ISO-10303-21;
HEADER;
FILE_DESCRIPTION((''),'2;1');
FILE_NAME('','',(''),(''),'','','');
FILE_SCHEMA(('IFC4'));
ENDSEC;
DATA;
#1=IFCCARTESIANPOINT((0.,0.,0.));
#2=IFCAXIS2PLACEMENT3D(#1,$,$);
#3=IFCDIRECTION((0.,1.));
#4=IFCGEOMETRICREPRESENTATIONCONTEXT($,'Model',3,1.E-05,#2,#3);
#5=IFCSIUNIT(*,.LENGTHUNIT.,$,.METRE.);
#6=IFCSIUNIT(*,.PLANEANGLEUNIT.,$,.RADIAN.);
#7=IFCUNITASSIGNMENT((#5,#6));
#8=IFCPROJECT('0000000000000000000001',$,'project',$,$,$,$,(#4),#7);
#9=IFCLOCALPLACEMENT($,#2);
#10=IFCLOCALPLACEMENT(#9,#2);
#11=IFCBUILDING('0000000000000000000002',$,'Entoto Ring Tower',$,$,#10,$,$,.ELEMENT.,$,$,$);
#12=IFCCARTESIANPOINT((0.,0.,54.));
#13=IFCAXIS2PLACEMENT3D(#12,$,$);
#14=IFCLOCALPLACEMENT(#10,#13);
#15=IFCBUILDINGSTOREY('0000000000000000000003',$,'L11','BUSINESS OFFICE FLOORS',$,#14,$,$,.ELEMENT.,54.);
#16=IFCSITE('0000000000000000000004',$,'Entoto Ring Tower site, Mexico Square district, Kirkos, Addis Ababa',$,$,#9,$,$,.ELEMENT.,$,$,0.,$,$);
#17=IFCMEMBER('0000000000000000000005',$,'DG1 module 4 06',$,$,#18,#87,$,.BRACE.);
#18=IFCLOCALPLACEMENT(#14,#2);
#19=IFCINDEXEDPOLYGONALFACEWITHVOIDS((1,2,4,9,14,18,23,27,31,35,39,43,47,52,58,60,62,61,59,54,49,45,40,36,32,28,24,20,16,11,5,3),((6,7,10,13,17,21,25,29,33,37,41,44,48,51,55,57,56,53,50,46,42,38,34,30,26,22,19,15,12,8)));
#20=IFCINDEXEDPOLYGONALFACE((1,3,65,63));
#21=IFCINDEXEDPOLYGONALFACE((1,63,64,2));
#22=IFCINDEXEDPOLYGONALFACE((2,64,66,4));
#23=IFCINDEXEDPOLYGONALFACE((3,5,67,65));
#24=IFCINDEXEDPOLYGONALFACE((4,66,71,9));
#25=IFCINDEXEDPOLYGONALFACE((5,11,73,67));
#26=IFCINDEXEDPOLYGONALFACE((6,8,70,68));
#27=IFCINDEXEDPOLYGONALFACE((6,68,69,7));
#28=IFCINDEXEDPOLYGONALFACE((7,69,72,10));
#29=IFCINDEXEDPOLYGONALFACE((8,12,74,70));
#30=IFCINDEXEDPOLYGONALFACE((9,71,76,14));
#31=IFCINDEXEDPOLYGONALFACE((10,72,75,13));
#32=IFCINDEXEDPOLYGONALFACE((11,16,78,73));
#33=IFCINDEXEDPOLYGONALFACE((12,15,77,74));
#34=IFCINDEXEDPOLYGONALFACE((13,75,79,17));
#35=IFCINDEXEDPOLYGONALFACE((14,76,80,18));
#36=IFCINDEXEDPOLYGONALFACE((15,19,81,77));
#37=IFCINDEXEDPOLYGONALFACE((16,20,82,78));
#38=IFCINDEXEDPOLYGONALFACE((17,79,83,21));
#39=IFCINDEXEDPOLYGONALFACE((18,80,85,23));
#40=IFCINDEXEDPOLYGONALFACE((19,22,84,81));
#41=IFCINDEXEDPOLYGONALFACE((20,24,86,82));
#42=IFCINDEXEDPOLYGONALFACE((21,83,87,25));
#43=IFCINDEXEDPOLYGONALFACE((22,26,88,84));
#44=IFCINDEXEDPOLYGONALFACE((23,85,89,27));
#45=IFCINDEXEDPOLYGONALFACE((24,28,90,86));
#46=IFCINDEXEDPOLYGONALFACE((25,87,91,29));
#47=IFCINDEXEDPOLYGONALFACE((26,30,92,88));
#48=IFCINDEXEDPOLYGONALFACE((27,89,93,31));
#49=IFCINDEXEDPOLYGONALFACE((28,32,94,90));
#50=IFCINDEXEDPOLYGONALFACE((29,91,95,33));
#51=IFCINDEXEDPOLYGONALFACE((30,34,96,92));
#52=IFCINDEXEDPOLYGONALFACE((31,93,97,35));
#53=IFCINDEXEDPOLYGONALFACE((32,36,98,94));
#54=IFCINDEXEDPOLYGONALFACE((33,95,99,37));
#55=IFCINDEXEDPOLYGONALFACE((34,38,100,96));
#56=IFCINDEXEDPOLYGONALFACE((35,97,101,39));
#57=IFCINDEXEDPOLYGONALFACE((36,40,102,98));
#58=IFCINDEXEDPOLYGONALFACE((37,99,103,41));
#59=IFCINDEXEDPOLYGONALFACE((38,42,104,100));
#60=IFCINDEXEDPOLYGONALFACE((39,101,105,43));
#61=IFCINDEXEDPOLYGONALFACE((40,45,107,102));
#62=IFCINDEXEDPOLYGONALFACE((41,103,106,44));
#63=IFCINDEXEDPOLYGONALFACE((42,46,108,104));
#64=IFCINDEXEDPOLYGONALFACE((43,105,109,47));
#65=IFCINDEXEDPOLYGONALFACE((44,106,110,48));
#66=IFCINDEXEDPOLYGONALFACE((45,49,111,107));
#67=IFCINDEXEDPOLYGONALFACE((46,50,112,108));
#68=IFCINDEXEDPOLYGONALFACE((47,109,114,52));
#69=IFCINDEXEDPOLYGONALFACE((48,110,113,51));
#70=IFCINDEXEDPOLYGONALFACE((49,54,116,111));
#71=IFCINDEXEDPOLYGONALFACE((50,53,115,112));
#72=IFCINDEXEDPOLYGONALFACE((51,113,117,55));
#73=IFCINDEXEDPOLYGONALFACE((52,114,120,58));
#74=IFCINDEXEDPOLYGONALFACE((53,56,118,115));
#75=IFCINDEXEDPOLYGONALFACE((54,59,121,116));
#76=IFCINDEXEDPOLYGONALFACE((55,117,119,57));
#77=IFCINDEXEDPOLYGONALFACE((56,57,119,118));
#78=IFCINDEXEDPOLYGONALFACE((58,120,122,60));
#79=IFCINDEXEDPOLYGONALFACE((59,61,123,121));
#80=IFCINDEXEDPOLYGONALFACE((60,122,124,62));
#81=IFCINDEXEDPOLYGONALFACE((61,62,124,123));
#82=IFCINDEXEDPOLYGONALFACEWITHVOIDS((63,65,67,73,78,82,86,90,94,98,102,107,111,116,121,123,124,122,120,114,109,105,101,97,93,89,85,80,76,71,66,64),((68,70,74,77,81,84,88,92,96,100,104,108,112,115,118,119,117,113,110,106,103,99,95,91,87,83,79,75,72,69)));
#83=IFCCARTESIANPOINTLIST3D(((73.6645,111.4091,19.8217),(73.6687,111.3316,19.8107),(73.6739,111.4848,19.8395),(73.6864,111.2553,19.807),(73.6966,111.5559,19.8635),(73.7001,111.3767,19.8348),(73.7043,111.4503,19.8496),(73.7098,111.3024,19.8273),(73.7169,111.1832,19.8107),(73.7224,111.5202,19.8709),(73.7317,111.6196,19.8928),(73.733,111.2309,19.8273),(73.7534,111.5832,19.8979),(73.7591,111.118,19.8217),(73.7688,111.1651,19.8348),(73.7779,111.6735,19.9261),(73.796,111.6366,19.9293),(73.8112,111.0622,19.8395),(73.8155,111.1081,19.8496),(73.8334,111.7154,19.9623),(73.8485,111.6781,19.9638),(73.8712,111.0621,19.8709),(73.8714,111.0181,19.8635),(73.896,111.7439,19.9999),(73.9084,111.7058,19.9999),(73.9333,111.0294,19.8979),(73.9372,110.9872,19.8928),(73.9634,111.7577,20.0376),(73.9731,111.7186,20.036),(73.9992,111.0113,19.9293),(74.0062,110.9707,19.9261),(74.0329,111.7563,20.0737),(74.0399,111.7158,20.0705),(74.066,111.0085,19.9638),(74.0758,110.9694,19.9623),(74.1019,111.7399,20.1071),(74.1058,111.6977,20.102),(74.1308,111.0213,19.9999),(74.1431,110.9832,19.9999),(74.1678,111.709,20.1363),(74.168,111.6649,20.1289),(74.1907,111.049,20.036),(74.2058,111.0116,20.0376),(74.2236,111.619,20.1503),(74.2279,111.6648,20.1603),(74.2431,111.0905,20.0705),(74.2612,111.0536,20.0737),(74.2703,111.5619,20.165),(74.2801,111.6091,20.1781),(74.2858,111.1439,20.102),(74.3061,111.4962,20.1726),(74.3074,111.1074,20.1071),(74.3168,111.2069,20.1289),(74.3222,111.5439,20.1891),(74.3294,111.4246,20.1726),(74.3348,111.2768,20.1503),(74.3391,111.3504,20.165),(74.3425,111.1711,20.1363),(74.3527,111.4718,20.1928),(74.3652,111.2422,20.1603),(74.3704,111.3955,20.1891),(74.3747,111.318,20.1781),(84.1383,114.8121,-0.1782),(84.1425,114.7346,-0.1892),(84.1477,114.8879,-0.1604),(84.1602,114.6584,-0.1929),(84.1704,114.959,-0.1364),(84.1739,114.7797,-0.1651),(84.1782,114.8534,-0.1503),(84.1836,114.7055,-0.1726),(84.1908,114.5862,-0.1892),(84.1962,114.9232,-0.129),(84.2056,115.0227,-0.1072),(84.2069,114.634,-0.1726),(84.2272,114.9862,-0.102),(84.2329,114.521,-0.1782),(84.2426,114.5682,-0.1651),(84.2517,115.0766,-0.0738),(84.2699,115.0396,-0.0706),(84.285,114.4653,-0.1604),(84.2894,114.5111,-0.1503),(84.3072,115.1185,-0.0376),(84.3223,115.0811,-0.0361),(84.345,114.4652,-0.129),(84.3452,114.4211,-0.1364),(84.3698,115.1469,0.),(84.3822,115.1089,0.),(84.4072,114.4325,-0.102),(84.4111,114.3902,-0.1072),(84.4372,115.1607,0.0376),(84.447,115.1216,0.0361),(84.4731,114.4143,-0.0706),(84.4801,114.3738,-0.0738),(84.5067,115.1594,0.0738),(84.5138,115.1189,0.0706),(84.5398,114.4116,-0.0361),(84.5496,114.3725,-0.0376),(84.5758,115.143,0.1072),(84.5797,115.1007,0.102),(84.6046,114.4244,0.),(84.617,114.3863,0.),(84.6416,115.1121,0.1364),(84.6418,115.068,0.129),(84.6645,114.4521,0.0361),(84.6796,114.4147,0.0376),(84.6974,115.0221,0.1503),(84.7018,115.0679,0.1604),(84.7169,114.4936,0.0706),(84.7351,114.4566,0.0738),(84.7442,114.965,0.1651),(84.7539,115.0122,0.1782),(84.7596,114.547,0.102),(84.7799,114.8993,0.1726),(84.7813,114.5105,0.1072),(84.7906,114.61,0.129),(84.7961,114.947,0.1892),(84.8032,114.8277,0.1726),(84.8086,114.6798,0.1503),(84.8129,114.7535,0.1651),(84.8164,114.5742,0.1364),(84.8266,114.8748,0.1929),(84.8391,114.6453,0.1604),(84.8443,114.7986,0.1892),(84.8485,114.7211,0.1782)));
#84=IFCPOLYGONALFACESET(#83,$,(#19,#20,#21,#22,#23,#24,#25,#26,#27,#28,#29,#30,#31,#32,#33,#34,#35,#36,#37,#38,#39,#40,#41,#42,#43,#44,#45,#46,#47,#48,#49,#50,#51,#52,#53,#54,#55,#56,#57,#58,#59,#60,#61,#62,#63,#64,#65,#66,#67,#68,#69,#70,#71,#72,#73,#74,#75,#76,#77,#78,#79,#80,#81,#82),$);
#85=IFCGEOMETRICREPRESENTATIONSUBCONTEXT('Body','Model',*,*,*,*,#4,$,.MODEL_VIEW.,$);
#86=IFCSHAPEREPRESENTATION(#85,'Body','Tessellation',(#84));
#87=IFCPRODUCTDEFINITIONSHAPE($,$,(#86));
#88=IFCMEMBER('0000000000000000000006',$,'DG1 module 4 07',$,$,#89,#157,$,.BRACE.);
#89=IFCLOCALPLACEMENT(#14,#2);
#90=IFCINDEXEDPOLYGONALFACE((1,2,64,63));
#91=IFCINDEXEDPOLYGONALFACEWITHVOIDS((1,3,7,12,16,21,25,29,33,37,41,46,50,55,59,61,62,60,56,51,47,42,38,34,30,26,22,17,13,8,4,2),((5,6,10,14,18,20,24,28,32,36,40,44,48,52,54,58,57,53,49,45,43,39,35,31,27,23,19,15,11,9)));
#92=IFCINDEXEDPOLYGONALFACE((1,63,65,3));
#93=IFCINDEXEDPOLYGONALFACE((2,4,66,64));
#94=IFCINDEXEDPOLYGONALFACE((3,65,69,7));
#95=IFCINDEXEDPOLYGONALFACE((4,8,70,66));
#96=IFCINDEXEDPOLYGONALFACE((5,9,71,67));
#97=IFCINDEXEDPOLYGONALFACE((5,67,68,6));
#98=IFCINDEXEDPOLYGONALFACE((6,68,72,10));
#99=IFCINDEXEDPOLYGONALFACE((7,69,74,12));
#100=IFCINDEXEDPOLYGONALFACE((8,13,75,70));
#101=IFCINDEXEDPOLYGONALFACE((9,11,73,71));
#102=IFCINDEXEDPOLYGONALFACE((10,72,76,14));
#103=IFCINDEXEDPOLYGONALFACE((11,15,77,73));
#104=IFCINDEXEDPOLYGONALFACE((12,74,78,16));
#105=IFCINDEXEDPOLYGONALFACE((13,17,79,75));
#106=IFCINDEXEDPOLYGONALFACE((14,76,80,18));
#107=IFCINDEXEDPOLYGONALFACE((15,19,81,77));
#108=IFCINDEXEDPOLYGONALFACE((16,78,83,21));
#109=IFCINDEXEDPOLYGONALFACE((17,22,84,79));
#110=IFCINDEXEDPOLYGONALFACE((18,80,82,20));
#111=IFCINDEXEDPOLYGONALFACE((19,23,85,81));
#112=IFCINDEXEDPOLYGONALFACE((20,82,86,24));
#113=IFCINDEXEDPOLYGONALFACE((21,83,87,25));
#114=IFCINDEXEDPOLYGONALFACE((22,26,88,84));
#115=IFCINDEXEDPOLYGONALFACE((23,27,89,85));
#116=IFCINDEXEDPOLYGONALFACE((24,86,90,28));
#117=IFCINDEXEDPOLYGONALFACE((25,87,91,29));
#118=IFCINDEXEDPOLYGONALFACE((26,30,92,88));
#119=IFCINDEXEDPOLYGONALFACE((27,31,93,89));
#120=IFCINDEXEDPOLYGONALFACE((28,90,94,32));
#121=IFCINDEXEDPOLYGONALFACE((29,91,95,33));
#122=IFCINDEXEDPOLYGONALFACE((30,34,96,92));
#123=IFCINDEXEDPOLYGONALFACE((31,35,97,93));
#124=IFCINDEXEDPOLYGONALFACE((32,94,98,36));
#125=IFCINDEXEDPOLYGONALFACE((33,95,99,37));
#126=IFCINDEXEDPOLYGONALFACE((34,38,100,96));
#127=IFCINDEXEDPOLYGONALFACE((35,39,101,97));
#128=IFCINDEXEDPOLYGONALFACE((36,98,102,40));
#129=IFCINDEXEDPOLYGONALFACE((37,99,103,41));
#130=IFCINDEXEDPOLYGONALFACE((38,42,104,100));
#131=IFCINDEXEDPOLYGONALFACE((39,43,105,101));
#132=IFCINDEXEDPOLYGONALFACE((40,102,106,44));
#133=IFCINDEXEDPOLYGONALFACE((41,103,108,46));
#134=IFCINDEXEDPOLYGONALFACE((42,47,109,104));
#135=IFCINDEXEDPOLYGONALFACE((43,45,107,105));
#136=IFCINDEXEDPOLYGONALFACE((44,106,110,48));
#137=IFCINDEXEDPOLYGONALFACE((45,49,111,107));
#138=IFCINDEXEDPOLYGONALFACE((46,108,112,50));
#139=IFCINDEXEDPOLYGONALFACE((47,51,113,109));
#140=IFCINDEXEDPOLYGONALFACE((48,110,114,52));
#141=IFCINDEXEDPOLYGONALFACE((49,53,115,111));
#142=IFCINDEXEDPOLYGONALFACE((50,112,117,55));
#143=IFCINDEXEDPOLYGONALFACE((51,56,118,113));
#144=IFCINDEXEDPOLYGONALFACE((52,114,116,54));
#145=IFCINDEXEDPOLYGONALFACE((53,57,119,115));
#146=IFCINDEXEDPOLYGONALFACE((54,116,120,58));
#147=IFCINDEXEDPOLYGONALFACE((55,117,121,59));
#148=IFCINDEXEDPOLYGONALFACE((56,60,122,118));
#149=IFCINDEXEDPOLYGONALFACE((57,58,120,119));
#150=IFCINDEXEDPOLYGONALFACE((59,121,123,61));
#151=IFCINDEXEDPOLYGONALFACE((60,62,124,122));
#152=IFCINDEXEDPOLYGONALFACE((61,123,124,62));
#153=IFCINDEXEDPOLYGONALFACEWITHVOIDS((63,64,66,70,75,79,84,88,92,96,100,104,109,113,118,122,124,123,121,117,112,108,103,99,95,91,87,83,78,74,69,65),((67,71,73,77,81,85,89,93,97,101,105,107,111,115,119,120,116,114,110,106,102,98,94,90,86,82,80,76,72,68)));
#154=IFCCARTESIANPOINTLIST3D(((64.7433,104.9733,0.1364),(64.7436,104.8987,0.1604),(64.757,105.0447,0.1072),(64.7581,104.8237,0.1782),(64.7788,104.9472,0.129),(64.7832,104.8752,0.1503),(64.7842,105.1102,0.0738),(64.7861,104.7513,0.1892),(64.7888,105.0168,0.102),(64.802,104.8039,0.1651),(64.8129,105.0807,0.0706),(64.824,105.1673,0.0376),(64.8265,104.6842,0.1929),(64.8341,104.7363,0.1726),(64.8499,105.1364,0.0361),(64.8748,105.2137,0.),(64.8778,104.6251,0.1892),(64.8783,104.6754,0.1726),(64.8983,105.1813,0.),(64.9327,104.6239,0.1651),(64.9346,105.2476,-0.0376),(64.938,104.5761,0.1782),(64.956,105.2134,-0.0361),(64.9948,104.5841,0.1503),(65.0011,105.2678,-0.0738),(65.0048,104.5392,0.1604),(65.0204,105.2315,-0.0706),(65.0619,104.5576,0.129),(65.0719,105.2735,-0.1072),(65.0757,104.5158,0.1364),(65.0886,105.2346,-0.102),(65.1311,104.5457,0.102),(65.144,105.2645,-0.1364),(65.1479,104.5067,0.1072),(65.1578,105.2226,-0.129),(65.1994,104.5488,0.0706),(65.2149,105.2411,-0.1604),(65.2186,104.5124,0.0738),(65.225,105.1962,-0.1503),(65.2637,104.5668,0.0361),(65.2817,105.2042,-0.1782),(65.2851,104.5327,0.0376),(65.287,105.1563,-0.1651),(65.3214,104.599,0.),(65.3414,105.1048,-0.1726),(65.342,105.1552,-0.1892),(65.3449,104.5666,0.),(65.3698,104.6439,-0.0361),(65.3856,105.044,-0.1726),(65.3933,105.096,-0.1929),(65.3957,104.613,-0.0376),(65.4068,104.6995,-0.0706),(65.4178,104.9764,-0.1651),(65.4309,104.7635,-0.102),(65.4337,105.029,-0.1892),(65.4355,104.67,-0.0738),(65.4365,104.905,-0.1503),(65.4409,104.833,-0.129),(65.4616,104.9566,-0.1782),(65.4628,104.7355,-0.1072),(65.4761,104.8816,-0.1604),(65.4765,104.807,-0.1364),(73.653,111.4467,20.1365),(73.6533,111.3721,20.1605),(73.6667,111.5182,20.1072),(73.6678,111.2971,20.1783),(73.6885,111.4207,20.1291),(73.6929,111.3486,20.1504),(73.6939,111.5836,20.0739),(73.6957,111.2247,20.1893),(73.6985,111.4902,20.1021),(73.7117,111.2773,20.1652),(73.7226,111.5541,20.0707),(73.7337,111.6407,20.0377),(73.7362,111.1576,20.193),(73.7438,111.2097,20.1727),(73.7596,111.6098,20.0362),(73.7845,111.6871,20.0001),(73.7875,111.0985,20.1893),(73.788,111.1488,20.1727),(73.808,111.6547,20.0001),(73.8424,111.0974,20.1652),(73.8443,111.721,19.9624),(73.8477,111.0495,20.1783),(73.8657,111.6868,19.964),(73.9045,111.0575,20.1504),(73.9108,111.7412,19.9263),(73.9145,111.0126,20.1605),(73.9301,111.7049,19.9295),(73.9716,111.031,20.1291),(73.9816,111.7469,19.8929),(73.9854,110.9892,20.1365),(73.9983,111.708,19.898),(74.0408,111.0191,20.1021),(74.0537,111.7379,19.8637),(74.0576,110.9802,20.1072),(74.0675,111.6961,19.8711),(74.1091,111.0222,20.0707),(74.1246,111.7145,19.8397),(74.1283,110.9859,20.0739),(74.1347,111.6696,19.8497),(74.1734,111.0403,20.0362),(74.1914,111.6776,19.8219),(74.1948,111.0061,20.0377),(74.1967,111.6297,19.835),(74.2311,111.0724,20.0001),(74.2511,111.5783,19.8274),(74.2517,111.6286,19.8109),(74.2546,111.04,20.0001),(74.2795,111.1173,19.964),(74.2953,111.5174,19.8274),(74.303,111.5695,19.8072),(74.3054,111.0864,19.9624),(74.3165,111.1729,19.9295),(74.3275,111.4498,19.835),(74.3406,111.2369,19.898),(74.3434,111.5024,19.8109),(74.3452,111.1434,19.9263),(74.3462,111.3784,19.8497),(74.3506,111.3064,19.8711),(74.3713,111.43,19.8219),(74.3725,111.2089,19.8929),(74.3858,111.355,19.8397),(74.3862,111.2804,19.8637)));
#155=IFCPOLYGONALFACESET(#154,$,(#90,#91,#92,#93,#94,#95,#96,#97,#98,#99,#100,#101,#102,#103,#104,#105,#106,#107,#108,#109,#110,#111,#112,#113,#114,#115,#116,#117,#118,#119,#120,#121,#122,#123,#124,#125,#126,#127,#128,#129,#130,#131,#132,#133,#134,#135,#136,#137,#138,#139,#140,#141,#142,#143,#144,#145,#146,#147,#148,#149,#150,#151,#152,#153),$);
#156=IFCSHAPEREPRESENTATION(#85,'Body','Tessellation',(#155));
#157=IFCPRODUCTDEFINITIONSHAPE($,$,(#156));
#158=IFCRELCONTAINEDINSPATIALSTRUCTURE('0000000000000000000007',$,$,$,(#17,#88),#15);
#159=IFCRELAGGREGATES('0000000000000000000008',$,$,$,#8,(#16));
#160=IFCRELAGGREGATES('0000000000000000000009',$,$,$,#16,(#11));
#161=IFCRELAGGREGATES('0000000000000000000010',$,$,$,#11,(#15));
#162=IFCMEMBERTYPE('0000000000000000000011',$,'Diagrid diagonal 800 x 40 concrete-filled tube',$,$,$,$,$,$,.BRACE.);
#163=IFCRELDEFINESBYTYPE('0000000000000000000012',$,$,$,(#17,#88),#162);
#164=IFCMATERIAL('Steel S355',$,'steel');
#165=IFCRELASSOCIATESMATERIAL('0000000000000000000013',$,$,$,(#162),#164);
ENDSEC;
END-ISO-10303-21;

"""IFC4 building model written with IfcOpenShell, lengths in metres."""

from ifc_helpers import new_model, si_unit, direction, frame, origin, origin_2d, place, context, subcontext, project, spatial, circle, hollow_circle, extrude, material, material_profile, profile_set, type_object, element, save


model = new_model("IFC4")

# Units and contexts
model_context = context("Model", 3, precision=1e-05, world=origin(), true_north=direction((0.0, 1.0)))
body_context = subcontext(model_context, "Body", "Model", "MODEL_VIEW")
ifc_project = project(units=[si_unit("LENGTHUNIT", "METRE"), si_unit("PLANEANGLEUNIT", "RADIAN")], contexts=[model_context])

# Site, building, storey
site_placement = place(None, origin())
site = spatial("IfcSite", under=ifc_project, at=site_placement, Name="Entoto Ring Tower site, Mexico Square district, Kirkos, Addis Ababa", CompositionType="ELEMENT", RefElevation=0.0)
building_placement = place(site_placement, origin())
building = spatial("IfcBuilding", under=site, at=building_placement, Name="Entoto Ring Tower", CompositionType="ELEMENT")
storey_placement = place(building_placement, frame((0.0, 0.0, 54.0)))
storey = spatial("IfcBuildingStorey", under=building, at=storey_placement, Name="L11", Description="BUSINESS OFFICE FLOORS", CompositionType="ELEMENT", Elevation=54.0)

# Members
ifc_material_1 = material(Name="Steel S355", Category="steel")
ifc_material_profile_1 = material_profile(ifc_material_1, hollow_circle(Radius=0.3999, WallThickness=0.04, at=origin_2d()), Name="CHS 800 x 40")
ifc_material_2 = material(Name="Concrete C60/75", Category="concrete")
ifc_material_profile_2 = material_profile(ifc_material_2, circle(Radius=0.3601, at=origin_2d()), Name="Concrete C60/75 infill")
ifc_profile_set_1 = profile_set([ifc_material_profile_1, ifc_material_profile_2], Name="Steel S355")
member_type_1 = type_object("IfcMemberType", Name="Diagrid diagonal 800 x 40 concrete-filled tube", PredefinedType="BRACE", material=ifc_profile_set_1)
member_1_placement = place(storey_placement, frame((84.4934, 114.7666, 0.0), z_axis=(-0.458744, -0.149051, 0.875978), x_axis=(0.309009, -0.951059, 0.0)))
element("IfcMember", 1, at=member_1_placement, inside=storey, type_object=member_type_1, Name="DG1 module 4 06", PredefinedType="BRACE", context=body_context, shape_type="SweptSolid", body=[
    extrude(hollow_circle(Radius=0.3999, WallThickness=0.04, at=origin_2d()), origin(), (0.0, 0.0, 1.0), 22.8315),
])
for number, where, z_axis, x_axis, name in (
    (2, (65.1099, 104.8901, 0.0), (0.390232, 0.283526, 0.875975), (-0.587793, 0.809011, 0.0), "DG1 module 4 07"),
):
    element("IfcMember", number, at=place(storey_placement, frame(where, z_axis=z_axis, x_axis=x_axis)), inside=storey, type_object=member_type_1, Name=name, PredefinedType="BRACE", context=body_context, shape_type="SweptSolid", body=[
        extrude(hollow_circle(Radius=0.3999, WallThickness=0.04, at=origin_2d()), origin(), (0.0, 0.0, 1.0), 22.8318),
    ])

save(model, "model.ifc")
